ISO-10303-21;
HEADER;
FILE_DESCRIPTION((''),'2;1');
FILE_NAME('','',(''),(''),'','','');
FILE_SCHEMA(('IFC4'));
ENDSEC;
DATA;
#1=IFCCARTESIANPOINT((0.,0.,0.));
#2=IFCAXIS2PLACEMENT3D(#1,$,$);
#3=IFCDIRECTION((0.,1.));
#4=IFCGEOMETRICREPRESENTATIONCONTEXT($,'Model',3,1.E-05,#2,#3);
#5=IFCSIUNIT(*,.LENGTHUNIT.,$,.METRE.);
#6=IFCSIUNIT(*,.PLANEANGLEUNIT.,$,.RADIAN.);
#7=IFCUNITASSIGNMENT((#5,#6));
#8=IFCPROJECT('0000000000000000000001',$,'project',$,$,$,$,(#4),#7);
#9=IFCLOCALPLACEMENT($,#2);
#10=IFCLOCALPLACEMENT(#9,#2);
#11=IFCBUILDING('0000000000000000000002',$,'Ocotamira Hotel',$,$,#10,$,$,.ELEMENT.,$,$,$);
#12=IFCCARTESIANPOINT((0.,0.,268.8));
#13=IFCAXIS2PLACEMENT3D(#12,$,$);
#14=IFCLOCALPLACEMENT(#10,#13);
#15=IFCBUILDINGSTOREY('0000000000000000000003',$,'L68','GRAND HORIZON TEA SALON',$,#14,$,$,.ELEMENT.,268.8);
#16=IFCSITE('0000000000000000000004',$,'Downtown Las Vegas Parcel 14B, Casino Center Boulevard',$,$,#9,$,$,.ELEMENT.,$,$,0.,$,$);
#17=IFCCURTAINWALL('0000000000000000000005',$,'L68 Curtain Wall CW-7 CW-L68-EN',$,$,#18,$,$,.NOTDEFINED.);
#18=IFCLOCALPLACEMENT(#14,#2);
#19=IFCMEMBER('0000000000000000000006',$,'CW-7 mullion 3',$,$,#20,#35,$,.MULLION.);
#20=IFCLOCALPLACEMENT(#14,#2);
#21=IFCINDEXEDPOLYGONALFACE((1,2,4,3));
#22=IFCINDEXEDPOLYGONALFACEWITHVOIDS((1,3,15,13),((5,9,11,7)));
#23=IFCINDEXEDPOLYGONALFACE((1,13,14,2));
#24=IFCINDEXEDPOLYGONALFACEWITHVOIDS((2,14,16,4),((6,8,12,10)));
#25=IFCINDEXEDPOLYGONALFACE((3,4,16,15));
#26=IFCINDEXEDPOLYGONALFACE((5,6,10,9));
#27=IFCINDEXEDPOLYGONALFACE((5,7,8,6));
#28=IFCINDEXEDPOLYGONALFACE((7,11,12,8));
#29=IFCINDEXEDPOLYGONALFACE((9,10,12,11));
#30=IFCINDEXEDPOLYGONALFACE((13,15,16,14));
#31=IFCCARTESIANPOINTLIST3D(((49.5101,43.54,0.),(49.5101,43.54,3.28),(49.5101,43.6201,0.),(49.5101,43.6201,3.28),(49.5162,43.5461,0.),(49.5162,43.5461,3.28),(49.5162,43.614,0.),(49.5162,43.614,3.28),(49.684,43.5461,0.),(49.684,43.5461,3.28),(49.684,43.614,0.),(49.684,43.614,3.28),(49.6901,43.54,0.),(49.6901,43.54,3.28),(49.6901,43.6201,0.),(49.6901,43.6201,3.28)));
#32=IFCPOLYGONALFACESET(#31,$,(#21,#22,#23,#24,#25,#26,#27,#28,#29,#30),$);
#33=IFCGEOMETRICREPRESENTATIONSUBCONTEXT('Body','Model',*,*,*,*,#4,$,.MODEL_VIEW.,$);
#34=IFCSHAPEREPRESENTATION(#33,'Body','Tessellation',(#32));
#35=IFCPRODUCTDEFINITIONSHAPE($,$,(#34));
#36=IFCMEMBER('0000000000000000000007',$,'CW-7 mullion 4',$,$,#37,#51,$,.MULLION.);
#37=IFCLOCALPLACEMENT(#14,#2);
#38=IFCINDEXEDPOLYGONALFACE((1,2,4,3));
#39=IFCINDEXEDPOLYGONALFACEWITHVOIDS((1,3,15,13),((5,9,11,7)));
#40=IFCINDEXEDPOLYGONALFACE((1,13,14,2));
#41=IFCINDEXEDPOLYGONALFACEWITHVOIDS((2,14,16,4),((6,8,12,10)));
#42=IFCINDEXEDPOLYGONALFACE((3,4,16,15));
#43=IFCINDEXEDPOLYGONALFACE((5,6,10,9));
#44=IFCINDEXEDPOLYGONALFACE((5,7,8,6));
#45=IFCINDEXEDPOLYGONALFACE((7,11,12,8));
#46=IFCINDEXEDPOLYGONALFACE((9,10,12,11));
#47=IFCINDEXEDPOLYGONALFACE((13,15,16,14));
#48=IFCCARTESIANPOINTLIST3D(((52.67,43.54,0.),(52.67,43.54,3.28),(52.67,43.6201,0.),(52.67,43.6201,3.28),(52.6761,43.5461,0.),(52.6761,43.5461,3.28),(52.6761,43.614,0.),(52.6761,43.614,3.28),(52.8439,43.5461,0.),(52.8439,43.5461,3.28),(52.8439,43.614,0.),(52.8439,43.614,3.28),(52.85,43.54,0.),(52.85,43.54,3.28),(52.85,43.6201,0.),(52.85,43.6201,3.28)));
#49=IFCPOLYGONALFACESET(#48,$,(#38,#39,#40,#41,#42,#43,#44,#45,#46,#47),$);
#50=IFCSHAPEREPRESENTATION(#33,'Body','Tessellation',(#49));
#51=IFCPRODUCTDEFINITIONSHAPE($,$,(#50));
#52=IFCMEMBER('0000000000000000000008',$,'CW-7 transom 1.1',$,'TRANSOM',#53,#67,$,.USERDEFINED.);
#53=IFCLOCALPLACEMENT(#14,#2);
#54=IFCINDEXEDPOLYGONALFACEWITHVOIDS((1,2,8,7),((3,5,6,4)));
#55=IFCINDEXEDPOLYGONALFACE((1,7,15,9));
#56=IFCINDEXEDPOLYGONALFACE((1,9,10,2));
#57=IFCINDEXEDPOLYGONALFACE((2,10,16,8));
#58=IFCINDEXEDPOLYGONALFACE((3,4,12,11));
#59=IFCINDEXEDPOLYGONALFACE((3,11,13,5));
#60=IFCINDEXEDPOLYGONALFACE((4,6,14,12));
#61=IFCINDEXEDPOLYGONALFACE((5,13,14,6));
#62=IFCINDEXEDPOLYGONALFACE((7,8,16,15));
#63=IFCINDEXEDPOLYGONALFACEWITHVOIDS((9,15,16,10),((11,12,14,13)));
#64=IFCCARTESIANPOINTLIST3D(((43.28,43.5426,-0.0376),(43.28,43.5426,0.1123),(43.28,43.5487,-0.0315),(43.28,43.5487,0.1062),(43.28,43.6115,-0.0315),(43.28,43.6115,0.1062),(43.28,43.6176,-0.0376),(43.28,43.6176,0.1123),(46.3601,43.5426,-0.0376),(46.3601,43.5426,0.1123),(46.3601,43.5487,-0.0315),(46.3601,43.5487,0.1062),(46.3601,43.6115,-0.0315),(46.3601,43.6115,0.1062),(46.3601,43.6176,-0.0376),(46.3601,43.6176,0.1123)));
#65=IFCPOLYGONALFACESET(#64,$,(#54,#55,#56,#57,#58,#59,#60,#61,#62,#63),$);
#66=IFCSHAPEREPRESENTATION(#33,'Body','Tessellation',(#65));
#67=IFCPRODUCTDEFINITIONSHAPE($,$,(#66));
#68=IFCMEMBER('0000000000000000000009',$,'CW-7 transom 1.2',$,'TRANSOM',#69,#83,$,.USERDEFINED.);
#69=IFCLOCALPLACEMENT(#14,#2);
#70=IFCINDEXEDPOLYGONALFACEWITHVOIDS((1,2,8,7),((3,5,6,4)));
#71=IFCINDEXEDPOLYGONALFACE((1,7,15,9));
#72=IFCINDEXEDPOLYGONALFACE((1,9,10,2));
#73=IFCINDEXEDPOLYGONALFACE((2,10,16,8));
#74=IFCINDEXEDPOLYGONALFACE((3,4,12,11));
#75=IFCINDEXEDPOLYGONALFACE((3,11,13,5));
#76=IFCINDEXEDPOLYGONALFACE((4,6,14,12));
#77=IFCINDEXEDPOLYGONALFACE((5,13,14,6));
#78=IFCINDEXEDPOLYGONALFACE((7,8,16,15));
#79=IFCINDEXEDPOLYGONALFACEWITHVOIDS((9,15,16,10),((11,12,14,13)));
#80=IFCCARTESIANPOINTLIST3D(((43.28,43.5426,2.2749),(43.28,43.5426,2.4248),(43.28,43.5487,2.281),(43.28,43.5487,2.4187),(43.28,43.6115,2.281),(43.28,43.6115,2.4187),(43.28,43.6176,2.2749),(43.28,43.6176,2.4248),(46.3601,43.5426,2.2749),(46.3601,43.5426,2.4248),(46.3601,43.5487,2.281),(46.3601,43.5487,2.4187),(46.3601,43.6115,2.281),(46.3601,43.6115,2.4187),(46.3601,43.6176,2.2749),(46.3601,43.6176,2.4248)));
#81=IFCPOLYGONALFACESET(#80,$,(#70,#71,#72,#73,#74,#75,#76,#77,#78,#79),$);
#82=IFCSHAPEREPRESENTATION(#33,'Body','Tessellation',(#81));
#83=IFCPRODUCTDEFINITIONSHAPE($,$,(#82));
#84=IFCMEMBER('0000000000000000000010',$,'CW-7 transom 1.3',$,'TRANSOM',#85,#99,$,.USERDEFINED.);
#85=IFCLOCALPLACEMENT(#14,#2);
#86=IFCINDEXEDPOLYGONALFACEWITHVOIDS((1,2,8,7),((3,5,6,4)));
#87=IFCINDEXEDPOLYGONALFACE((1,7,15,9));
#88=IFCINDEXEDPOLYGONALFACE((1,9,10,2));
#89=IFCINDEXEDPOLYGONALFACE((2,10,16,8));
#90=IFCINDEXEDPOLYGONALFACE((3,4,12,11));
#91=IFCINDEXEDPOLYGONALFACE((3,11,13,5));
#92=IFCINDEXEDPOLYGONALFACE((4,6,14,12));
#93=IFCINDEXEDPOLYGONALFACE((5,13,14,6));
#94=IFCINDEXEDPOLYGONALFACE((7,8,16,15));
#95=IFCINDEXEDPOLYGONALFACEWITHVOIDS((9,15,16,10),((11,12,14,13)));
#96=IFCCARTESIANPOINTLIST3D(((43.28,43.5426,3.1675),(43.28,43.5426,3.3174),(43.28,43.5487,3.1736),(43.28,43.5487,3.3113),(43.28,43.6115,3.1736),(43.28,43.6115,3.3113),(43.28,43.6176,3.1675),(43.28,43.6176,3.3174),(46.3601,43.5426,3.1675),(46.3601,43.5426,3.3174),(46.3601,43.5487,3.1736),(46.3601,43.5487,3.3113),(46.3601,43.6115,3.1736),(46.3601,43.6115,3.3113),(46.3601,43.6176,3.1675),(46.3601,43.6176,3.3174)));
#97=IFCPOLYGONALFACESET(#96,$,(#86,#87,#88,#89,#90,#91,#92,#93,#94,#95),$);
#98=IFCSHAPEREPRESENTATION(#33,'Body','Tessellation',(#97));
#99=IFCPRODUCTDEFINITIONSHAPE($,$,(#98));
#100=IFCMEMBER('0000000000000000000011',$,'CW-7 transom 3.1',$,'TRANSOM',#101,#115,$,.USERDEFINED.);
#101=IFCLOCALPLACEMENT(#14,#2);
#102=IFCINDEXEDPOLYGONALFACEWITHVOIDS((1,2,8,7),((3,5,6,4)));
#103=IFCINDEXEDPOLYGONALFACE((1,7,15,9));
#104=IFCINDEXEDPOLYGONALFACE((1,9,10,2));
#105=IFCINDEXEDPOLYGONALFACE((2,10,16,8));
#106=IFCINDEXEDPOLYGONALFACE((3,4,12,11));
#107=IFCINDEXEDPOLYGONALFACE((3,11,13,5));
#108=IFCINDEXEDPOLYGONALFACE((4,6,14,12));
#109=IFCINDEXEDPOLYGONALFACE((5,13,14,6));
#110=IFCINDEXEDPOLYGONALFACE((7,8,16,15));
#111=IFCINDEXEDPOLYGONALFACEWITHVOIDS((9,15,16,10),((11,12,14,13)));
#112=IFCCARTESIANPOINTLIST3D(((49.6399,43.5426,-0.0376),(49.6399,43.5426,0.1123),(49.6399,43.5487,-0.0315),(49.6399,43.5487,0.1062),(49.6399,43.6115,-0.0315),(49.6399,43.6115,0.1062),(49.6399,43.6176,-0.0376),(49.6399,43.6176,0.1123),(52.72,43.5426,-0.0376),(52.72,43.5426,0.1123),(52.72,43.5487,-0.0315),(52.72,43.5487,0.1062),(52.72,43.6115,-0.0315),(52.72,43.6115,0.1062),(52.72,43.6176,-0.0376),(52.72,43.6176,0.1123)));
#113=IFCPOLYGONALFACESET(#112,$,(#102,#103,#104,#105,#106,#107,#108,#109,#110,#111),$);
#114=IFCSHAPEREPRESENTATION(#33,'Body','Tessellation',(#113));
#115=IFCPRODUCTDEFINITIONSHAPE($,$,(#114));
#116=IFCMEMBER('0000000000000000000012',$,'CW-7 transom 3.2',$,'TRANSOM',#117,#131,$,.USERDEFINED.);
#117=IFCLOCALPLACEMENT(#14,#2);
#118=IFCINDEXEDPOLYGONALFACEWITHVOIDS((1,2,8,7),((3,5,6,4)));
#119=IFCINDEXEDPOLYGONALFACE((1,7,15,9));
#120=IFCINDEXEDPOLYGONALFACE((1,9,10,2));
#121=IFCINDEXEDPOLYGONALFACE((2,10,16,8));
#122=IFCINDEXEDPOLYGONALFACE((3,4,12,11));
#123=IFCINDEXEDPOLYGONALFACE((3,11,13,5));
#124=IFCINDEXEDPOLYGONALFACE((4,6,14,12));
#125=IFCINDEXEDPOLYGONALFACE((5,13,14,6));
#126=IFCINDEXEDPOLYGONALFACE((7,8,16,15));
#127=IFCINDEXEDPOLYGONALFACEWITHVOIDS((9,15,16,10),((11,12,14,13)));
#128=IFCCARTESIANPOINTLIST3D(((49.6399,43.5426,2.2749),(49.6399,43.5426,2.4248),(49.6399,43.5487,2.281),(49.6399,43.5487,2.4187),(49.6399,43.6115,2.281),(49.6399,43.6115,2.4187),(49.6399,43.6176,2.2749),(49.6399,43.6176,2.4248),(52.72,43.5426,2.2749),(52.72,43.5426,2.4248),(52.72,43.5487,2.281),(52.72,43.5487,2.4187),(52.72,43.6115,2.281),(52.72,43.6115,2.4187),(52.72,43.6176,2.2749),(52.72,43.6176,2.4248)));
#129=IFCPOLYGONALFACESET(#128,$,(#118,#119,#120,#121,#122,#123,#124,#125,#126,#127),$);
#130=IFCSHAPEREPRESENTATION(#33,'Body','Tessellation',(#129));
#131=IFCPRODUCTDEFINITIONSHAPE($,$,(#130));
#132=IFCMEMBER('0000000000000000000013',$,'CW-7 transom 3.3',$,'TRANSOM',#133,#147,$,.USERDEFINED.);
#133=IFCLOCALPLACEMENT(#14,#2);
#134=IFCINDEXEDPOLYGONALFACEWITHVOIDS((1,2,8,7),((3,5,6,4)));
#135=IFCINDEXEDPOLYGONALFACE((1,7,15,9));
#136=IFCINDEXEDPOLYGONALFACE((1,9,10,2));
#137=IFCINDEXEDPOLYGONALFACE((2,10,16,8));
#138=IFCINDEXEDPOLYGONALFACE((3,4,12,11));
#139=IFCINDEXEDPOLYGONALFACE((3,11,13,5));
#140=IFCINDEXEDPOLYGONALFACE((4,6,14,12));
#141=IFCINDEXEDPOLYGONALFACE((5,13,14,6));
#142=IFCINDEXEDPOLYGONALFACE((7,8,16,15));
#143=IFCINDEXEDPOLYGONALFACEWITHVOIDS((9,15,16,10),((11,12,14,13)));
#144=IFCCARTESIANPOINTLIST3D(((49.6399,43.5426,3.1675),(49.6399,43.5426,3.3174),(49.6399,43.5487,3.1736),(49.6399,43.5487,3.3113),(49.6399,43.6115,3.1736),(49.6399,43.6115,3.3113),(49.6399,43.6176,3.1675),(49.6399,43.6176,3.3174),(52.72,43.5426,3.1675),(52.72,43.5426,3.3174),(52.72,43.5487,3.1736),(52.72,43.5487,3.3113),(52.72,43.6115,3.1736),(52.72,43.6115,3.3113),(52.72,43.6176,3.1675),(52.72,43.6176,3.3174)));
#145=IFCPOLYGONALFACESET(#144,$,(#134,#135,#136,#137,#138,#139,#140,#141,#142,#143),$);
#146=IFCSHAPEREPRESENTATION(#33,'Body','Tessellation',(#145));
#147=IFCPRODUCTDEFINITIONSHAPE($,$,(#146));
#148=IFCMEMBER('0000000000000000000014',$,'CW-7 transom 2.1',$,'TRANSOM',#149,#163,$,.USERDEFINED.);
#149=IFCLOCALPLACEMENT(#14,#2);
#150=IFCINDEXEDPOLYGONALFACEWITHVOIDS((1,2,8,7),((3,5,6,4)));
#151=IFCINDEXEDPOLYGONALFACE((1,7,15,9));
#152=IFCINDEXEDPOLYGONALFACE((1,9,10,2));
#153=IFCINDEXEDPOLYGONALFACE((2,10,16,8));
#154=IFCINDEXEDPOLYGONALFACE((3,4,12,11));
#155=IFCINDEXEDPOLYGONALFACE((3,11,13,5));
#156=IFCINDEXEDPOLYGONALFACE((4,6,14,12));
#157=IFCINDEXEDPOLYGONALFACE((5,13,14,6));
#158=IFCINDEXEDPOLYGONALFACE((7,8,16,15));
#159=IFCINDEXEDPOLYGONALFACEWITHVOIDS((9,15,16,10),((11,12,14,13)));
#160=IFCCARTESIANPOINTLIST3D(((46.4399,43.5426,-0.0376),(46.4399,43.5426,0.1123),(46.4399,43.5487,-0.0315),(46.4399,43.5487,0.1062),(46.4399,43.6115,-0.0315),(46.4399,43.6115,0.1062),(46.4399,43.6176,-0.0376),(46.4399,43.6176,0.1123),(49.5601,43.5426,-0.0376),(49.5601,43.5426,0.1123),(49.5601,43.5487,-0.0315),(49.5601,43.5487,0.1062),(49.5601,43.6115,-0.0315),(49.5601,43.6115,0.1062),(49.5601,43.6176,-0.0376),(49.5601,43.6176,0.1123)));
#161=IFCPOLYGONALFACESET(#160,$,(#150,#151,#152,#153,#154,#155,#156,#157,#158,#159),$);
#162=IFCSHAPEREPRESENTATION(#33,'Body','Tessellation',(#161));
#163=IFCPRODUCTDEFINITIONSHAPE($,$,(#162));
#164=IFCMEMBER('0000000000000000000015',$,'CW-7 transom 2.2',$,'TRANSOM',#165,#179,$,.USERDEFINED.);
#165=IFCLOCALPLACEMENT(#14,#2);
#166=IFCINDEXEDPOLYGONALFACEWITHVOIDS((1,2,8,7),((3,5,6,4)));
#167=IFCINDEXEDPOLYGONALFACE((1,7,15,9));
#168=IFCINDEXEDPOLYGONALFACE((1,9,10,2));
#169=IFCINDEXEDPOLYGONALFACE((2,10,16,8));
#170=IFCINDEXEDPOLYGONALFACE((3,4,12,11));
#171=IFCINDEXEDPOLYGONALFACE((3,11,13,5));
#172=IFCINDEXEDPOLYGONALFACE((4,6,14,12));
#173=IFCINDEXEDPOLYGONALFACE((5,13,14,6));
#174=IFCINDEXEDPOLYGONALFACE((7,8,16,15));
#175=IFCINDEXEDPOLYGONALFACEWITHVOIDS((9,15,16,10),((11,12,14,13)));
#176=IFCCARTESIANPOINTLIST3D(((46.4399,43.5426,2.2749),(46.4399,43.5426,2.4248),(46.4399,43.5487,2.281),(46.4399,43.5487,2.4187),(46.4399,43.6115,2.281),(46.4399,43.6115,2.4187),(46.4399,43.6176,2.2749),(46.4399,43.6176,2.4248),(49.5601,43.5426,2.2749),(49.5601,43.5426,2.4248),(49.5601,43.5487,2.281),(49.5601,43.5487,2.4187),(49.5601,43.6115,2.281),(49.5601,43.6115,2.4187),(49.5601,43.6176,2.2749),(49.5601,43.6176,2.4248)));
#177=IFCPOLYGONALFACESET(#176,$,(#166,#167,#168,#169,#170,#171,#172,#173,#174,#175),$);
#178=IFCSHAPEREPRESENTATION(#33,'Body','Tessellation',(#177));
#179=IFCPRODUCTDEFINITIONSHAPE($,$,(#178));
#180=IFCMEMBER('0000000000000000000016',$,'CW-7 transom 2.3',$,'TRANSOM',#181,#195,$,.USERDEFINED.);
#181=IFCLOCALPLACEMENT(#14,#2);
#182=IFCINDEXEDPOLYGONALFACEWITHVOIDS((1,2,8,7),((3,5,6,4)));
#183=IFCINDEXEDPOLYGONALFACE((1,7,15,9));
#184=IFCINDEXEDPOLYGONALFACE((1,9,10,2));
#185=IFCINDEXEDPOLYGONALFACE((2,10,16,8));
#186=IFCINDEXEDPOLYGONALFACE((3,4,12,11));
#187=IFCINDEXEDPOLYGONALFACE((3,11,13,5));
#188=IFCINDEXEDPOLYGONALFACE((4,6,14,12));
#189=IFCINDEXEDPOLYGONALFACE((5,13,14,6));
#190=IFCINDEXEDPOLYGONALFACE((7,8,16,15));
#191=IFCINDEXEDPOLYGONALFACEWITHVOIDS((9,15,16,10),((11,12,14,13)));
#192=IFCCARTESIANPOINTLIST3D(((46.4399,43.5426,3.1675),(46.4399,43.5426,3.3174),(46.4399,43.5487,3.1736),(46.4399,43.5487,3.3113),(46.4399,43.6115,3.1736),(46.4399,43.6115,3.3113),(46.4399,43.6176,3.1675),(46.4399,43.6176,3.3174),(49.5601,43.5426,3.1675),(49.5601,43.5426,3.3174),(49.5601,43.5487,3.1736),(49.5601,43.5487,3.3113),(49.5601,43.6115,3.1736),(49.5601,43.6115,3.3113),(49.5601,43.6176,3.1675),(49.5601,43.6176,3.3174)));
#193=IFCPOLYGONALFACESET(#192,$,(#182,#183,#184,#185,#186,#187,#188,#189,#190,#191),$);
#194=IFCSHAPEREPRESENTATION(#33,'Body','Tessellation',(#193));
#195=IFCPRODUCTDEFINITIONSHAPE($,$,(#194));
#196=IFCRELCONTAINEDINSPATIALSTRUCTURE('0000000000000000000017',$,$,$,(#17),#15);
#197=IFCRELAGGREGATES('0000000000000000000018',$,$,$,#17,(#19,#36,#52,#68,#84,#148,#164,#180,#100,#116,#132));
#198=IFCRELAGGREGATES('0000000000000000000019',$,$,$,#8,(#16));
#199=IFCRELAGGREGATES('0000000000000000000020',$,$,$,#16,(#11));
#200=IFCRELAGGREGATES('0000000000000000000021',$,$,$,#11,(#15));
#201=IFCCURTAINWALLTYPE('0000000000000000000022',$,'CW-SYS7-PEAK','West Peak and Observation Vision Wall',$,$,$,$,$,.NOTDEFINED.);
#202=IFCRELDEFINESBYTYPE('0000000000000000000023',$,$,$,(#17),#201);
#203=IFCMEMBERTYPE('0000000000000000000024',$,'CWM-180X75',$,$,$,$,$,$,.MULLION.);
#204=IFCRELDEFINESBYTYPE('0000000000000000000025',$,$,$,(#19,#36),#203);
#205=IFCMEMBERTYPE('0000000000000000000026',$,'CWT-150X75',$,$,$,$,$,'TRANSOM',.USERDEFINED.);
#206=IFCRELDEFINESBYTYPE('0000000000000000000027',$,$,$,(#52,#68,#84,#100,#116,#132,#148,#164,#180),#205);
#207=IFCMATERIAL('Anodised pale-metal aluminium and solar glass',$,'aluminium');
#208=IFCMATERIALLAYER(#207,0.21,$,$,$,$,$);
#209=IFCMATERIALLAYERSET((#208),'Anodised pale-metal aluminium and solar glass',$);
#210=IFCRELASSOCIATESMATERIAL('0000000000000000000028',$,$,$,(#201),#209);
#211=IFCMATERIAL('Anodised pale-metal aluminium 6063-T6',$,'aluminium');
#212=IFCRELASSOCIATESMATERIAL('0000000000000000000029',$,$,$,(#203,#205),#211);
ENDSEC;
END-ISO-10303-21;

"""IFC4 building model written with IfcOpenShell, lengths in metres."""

from ifc_helpers import new_model, si_unit, direction, frame, origin, origin_2d, place, context, subcontext, project, spatial, hollow_rectangle, extrude, source, transform, mapped, material, layer, layer_set, material_profile, profile_set, type_object, element, aggregate, save


model = new_model("IFC4")

# Units and contexts
model_context = context("Model", 3, precision=1e-05, world=origin(), true_north=direction((0.0, 1.0)))
body_context = subcontext(model_context, "Body", "Model", "MODEL_VIEW")
ifc_project = project(units=[si_unit("LENGTHUNIT", "METRE"), si_unit("PLANEANGLEUNIT", "RADIAN")], contexts=[model_context])

# Site, building, storey
site_placement = place(None, origin())
site = spatial("IfcSite", under=ifc_project, at=site_placement, Name="Downtown Las Vegas Parcel 14B, Casino Center Boulevard", CompositionType="ELEMENT", RefElevation=0.0)
building_placement = place(site_placement, origin())
building = spatial("IfcBuilding", under=site, at=building_placement, Name="Ocotamira Hotel", CompositionType="ELEMENT")
storey_placement = place(building_placement, frame((0.0, 0.0, 268.8)))
storey = spatial("IfcBuildingStorey", under=building, at=storey_placement, Name="L68", Description="GRAND HORIZON TEA SALON", CompositionType="ELEMENT", Elevation=268.8)

# Curtain wall, members
ifc_material_1 = material(Name="Anodised pale-metal aluminium and solar glass", Category="aluminium")
ifc_layer_1 = layer(ifc_material_1, 0.21)
ifc_layer_set_1 = layer_set([ifc_layer_1], Name="Anodised pale-metal aluminium and solar glass")
curtain_wall_type = type_object("IfcCurtainWallType", Name="CW-SYS7-PEAK", Description="West Peak and Observation Vision Wall", PredefinedType="NOTDEFINED", material=ifc_layer_set_1)
curtain_wall_placement = place(storey_placement, origin())
curtain_wall = element("IfcCurtainWall", 1, at=curtain_wall_placement, inside=storey, type_object=curtain_wall_type, Name="L68 Curtain Wall CW-7 CW-L68-EN", PredefinedType="NOTDEFINED")
ifc_material_2 = material(Name="Anodised pale-metal aluminium 6063-T6", Category="aluminium")
ifc_material_profile_1 = material_profile(ifc_material_2, hollow_rectangle(XDim=0.0801, YDim=0.1799, WallThickness=0.0061, at=origin_2d()), Name="HSS180X80X6")
ifc_profile_set_1 = profile_set([ifc_material_profile_1], Name="Anodised pale-metal aluminium 6063-T6")
member_type_1 = type_object("IfcMemberType", Name="CWM-180X75", PredefinedType="MULLION", material=ifc_profile_set_1)
shared_shape_1 = source(origin(), body_context, "Body", "SweptSolid", [
    extrude(hollow_rectangle(XDim=0.0801, YDim=0.1799, WallThickness=0.0061, at=origin_2d()), origin(), (0.0, 0.0, 1.0), 3.28),
])
member_1_placement = place(storey_placement, frame((49.6001, 43.5801, 0.0), z_axis=(0.0, 0.0, 1.0), x_axis=(0.0, 1.0, 0.0)))
member_1 = element("IfcMember", 2, at=member_1_placement, type_object=member_type_1, Name="CW-7 mullion 3", PredefinedType="MULLION", context=body_context, shape_type="MappedRepresentation", body=[
    mapped(shared_shape_1, transform((0.0, 0.0, 0.0), scale=1.0)),
])
member_2_placement = place(storey_placement, frame((52.76, 43.5801, 0.0), z_axis=(0.0, 0.0, 1.0), x_axis=(0.0, 1.0, 0.0)))
member_2 = element("IfcMember", 3, at=member_2_placement, type_object=member_type_1, Name="CW-7 mullion 4", PredefinedType="MULLION", context=body_context, shape_type="MappedRepresentation", body=[
    mapped(shared_shape_1, transform((0.0, 0.0, 0.0), scale=1.0)),
])
ifc_material_profile_2 = material_profile(ifc_material_2, hollow_rectangle(XDim=0.075, YDim=0.1499, WallThickness=0.0061, at=origin_2d()), Name="HSS150X75X6")
ifc_profile_set_2 = profile_set([ifc_material_profile_2], Name="Anodised pale-metal aluminium 6063-T6")
member_type_2 = type_object("IfcMemberType", Name="CWT-150X75", ElementType="TRANSOM", PredefinedType="USERDEFINED", material=ifc_profile_set_2)
shared_shape_2 = source(origin(), body_context, "Body", "SweptSolid", [
    extrude(hollow_rectangle(XDim=0.075, YDim=0.1499, WallThickness=0.0061, at=origin_2d()), origin(), (0.0, 0.0, 1.0), 3.0801),
])
member_3_placement = place(storey_placement, frame((43.28, 43.5801, 0.0374), z_axis=(1.0, 0.0, 0.0), x_axis=(0.0, 1.0, 0.0)))
member_3 = element("IfcMember", 4, at=member_3_placement, type_object=member_type_2, Name="CW-7 transom 1.1", ObjectType="TRANSOM", PredefinedType="USERDEFINED", context=body_context, shape_type="MappedRepresentation", body=[
    mapped(shared_shape_2, transform((0.0, 0.0, 0.0), scale=1.0)),
])
member_4_placement = place(storey_placement, frame((43.28, 43.5801, 2.3499), z_axis=(1.0, 0.0, 0.0), x_axis=(0.0, 1.0, 0.0)))
member_4 = element("IfcMember", 5, at=member_4_placement, type_object=member_type_2, Name="CW-7 transom 1.2", ObjectType="TRANSOM", PredefinedType="USERDEFINED", context=body_context, shape_type="MappedRepresentation", body=[
    mapped(shared_shape_2, transform((0.0, 0.0, 0.0), scale=1.0)),
])
member_5_placement = place(storey_placement, frame((43.28, 43.5801, 3.2424), z_axis=(1.0, 0.0, 0.0), x_axis=(0.0, 1.0, 0.0)))
member_5 = element("IfcMember", 6, at=member_5_placement, type_object=member_type_2, Name="CW-7 transom 1.3", ObjectType="TRANSOM", PredefinedType="USERDEFINED", context=body_context, shape_type="MappedRepresentation", body=[
    mapped(shared_shape_2, transform((0.0, 0.0, 0.0), scale=1.0)),
])
member_6_placement = place(storey_placement, frame((49.6399, 43.5801, 0.0374), z_axis=(1.0, 0.0, 0.0), x_axis=(0.0, 1.0, 0.0)))
member_6 = element("IfcMember", 7, at=member_6_placement, type_object=member_type_2, Name="CW-7 transom 3.1", ObjectType="TRANSOM", PredefinedType="USERDEFINED", context=body_context, shape_type="MappedRepresentation", body=[
    mapped(shared_shape_2, transform((0.0, 0.0, 0.0), scale=1.0)),
])
member_7_placement = place(storey_placement, frame((49.6399, 43.5801, 2.3499), z_axis=(1.0, 0.0, 0.0), x_axis=(0.0, 1.0, 0.0)))
member_7 = element("IfcMember", 8, at=member_7_placement, type_object=member_type_2, Name="CW-7 transom 3.2", ObjectType="TRANSOM", PredefinedType="USERDEFINED", context=body_context, shape_type="MappedRepresentation", body=[
    mapped(shared_shape_2, transform((0.0, 0.0, 0.0), scale=1.0)),
])
member_8_placement = place(storey_placement, frame((49.6399, 43.5801, 3.2424), z_axis=(1.0, 0.0, 0.0), x_axis=(0.0, 1.0, 0.0)))
member_8 = element("IfcMember", 9, at=member_8_placement, type_object=member_type_2, Name="CW-7 transom 3.3", ObjectType="TRANSOM", PredefinedType="USERDEFINED", context=body_context, shape_type="MappedRepresentation", body=[
    mapped(shared_shape_2, transform((0.0, 0.0, 0.0), scale=1.0)),
])
shared_shape_3 = source(origin(), body_context, "Body", "SweptSolid", [
    extrude(hollow_rectangle(XDim=0.075, YDim=0.1499, WallThickness=0.0061, at=origin_2d()), origin(), (0.0, 0.0, 1.0), 3.1201),
])
member_9_placement = place(storey_placement, frame((46.4399, 43.5801, 0.0374), z_axis=(1.0, 0.0, 0.0), x_axis=(0.0, 1.0, 0.0)))
member_9 = element("IfcMember", 10, at=member_9_placement, type_object=member_type_2, Name="CW-7 transom 2.1", ObjectType="TRANSOM", PredefinedType="USERDEFINED", context=body_context, shape_type="MappedRepresentation", body=[
    mapped(shared_shape_3, transform((0.0, 0.0, 0.0), scale=1.0)),
])
member_10_placement = place(storey_placement, frame((46.4399, 43.5801, 2.3499), z_axis=(1.0, 0.0, 0.0), x_axis=(0.0, 1.0, 0.0)))
member_10 = element("IfcMember", 11, at=member_10_placement, type_object=member_type_2, Name="CW-7 transom 2.2", ObjectType="TRANSOM", PredefinedType="USERDEFINED", context=body_context, shape_type="MappedRepresentation", body=[
    mapped(shared_shape_3, transform((0.0, 0.0, 0.0), scale=1.0)),
])
member_11_placement = place(storey_placement, frame((46.4399, 43.5801, 3.2424), z_axis=(1.0, 0.0, 0.0), x_axis=(0.0, 1.0, 0.0)))
member_11 = element("IfcMember", 12, at=member_11_placement, type_object=member_type_2, Name="CW-7 transom 2.3", ObjectType="TRANSOM", PredefinedType="USERDEFINED", context=body_context, shape_type="MappedRepresentation", body=[
    mapped(shared_shape_3, transform((0.0, 0.0, 0.0), scale=1.0)),
])
aggregate(curtain_wall, [member_1, member_2, member_3, member_4, member_5, member_9, member_10, member_11, member_6, member_7, member_8])

save(model, "model.ifc")
